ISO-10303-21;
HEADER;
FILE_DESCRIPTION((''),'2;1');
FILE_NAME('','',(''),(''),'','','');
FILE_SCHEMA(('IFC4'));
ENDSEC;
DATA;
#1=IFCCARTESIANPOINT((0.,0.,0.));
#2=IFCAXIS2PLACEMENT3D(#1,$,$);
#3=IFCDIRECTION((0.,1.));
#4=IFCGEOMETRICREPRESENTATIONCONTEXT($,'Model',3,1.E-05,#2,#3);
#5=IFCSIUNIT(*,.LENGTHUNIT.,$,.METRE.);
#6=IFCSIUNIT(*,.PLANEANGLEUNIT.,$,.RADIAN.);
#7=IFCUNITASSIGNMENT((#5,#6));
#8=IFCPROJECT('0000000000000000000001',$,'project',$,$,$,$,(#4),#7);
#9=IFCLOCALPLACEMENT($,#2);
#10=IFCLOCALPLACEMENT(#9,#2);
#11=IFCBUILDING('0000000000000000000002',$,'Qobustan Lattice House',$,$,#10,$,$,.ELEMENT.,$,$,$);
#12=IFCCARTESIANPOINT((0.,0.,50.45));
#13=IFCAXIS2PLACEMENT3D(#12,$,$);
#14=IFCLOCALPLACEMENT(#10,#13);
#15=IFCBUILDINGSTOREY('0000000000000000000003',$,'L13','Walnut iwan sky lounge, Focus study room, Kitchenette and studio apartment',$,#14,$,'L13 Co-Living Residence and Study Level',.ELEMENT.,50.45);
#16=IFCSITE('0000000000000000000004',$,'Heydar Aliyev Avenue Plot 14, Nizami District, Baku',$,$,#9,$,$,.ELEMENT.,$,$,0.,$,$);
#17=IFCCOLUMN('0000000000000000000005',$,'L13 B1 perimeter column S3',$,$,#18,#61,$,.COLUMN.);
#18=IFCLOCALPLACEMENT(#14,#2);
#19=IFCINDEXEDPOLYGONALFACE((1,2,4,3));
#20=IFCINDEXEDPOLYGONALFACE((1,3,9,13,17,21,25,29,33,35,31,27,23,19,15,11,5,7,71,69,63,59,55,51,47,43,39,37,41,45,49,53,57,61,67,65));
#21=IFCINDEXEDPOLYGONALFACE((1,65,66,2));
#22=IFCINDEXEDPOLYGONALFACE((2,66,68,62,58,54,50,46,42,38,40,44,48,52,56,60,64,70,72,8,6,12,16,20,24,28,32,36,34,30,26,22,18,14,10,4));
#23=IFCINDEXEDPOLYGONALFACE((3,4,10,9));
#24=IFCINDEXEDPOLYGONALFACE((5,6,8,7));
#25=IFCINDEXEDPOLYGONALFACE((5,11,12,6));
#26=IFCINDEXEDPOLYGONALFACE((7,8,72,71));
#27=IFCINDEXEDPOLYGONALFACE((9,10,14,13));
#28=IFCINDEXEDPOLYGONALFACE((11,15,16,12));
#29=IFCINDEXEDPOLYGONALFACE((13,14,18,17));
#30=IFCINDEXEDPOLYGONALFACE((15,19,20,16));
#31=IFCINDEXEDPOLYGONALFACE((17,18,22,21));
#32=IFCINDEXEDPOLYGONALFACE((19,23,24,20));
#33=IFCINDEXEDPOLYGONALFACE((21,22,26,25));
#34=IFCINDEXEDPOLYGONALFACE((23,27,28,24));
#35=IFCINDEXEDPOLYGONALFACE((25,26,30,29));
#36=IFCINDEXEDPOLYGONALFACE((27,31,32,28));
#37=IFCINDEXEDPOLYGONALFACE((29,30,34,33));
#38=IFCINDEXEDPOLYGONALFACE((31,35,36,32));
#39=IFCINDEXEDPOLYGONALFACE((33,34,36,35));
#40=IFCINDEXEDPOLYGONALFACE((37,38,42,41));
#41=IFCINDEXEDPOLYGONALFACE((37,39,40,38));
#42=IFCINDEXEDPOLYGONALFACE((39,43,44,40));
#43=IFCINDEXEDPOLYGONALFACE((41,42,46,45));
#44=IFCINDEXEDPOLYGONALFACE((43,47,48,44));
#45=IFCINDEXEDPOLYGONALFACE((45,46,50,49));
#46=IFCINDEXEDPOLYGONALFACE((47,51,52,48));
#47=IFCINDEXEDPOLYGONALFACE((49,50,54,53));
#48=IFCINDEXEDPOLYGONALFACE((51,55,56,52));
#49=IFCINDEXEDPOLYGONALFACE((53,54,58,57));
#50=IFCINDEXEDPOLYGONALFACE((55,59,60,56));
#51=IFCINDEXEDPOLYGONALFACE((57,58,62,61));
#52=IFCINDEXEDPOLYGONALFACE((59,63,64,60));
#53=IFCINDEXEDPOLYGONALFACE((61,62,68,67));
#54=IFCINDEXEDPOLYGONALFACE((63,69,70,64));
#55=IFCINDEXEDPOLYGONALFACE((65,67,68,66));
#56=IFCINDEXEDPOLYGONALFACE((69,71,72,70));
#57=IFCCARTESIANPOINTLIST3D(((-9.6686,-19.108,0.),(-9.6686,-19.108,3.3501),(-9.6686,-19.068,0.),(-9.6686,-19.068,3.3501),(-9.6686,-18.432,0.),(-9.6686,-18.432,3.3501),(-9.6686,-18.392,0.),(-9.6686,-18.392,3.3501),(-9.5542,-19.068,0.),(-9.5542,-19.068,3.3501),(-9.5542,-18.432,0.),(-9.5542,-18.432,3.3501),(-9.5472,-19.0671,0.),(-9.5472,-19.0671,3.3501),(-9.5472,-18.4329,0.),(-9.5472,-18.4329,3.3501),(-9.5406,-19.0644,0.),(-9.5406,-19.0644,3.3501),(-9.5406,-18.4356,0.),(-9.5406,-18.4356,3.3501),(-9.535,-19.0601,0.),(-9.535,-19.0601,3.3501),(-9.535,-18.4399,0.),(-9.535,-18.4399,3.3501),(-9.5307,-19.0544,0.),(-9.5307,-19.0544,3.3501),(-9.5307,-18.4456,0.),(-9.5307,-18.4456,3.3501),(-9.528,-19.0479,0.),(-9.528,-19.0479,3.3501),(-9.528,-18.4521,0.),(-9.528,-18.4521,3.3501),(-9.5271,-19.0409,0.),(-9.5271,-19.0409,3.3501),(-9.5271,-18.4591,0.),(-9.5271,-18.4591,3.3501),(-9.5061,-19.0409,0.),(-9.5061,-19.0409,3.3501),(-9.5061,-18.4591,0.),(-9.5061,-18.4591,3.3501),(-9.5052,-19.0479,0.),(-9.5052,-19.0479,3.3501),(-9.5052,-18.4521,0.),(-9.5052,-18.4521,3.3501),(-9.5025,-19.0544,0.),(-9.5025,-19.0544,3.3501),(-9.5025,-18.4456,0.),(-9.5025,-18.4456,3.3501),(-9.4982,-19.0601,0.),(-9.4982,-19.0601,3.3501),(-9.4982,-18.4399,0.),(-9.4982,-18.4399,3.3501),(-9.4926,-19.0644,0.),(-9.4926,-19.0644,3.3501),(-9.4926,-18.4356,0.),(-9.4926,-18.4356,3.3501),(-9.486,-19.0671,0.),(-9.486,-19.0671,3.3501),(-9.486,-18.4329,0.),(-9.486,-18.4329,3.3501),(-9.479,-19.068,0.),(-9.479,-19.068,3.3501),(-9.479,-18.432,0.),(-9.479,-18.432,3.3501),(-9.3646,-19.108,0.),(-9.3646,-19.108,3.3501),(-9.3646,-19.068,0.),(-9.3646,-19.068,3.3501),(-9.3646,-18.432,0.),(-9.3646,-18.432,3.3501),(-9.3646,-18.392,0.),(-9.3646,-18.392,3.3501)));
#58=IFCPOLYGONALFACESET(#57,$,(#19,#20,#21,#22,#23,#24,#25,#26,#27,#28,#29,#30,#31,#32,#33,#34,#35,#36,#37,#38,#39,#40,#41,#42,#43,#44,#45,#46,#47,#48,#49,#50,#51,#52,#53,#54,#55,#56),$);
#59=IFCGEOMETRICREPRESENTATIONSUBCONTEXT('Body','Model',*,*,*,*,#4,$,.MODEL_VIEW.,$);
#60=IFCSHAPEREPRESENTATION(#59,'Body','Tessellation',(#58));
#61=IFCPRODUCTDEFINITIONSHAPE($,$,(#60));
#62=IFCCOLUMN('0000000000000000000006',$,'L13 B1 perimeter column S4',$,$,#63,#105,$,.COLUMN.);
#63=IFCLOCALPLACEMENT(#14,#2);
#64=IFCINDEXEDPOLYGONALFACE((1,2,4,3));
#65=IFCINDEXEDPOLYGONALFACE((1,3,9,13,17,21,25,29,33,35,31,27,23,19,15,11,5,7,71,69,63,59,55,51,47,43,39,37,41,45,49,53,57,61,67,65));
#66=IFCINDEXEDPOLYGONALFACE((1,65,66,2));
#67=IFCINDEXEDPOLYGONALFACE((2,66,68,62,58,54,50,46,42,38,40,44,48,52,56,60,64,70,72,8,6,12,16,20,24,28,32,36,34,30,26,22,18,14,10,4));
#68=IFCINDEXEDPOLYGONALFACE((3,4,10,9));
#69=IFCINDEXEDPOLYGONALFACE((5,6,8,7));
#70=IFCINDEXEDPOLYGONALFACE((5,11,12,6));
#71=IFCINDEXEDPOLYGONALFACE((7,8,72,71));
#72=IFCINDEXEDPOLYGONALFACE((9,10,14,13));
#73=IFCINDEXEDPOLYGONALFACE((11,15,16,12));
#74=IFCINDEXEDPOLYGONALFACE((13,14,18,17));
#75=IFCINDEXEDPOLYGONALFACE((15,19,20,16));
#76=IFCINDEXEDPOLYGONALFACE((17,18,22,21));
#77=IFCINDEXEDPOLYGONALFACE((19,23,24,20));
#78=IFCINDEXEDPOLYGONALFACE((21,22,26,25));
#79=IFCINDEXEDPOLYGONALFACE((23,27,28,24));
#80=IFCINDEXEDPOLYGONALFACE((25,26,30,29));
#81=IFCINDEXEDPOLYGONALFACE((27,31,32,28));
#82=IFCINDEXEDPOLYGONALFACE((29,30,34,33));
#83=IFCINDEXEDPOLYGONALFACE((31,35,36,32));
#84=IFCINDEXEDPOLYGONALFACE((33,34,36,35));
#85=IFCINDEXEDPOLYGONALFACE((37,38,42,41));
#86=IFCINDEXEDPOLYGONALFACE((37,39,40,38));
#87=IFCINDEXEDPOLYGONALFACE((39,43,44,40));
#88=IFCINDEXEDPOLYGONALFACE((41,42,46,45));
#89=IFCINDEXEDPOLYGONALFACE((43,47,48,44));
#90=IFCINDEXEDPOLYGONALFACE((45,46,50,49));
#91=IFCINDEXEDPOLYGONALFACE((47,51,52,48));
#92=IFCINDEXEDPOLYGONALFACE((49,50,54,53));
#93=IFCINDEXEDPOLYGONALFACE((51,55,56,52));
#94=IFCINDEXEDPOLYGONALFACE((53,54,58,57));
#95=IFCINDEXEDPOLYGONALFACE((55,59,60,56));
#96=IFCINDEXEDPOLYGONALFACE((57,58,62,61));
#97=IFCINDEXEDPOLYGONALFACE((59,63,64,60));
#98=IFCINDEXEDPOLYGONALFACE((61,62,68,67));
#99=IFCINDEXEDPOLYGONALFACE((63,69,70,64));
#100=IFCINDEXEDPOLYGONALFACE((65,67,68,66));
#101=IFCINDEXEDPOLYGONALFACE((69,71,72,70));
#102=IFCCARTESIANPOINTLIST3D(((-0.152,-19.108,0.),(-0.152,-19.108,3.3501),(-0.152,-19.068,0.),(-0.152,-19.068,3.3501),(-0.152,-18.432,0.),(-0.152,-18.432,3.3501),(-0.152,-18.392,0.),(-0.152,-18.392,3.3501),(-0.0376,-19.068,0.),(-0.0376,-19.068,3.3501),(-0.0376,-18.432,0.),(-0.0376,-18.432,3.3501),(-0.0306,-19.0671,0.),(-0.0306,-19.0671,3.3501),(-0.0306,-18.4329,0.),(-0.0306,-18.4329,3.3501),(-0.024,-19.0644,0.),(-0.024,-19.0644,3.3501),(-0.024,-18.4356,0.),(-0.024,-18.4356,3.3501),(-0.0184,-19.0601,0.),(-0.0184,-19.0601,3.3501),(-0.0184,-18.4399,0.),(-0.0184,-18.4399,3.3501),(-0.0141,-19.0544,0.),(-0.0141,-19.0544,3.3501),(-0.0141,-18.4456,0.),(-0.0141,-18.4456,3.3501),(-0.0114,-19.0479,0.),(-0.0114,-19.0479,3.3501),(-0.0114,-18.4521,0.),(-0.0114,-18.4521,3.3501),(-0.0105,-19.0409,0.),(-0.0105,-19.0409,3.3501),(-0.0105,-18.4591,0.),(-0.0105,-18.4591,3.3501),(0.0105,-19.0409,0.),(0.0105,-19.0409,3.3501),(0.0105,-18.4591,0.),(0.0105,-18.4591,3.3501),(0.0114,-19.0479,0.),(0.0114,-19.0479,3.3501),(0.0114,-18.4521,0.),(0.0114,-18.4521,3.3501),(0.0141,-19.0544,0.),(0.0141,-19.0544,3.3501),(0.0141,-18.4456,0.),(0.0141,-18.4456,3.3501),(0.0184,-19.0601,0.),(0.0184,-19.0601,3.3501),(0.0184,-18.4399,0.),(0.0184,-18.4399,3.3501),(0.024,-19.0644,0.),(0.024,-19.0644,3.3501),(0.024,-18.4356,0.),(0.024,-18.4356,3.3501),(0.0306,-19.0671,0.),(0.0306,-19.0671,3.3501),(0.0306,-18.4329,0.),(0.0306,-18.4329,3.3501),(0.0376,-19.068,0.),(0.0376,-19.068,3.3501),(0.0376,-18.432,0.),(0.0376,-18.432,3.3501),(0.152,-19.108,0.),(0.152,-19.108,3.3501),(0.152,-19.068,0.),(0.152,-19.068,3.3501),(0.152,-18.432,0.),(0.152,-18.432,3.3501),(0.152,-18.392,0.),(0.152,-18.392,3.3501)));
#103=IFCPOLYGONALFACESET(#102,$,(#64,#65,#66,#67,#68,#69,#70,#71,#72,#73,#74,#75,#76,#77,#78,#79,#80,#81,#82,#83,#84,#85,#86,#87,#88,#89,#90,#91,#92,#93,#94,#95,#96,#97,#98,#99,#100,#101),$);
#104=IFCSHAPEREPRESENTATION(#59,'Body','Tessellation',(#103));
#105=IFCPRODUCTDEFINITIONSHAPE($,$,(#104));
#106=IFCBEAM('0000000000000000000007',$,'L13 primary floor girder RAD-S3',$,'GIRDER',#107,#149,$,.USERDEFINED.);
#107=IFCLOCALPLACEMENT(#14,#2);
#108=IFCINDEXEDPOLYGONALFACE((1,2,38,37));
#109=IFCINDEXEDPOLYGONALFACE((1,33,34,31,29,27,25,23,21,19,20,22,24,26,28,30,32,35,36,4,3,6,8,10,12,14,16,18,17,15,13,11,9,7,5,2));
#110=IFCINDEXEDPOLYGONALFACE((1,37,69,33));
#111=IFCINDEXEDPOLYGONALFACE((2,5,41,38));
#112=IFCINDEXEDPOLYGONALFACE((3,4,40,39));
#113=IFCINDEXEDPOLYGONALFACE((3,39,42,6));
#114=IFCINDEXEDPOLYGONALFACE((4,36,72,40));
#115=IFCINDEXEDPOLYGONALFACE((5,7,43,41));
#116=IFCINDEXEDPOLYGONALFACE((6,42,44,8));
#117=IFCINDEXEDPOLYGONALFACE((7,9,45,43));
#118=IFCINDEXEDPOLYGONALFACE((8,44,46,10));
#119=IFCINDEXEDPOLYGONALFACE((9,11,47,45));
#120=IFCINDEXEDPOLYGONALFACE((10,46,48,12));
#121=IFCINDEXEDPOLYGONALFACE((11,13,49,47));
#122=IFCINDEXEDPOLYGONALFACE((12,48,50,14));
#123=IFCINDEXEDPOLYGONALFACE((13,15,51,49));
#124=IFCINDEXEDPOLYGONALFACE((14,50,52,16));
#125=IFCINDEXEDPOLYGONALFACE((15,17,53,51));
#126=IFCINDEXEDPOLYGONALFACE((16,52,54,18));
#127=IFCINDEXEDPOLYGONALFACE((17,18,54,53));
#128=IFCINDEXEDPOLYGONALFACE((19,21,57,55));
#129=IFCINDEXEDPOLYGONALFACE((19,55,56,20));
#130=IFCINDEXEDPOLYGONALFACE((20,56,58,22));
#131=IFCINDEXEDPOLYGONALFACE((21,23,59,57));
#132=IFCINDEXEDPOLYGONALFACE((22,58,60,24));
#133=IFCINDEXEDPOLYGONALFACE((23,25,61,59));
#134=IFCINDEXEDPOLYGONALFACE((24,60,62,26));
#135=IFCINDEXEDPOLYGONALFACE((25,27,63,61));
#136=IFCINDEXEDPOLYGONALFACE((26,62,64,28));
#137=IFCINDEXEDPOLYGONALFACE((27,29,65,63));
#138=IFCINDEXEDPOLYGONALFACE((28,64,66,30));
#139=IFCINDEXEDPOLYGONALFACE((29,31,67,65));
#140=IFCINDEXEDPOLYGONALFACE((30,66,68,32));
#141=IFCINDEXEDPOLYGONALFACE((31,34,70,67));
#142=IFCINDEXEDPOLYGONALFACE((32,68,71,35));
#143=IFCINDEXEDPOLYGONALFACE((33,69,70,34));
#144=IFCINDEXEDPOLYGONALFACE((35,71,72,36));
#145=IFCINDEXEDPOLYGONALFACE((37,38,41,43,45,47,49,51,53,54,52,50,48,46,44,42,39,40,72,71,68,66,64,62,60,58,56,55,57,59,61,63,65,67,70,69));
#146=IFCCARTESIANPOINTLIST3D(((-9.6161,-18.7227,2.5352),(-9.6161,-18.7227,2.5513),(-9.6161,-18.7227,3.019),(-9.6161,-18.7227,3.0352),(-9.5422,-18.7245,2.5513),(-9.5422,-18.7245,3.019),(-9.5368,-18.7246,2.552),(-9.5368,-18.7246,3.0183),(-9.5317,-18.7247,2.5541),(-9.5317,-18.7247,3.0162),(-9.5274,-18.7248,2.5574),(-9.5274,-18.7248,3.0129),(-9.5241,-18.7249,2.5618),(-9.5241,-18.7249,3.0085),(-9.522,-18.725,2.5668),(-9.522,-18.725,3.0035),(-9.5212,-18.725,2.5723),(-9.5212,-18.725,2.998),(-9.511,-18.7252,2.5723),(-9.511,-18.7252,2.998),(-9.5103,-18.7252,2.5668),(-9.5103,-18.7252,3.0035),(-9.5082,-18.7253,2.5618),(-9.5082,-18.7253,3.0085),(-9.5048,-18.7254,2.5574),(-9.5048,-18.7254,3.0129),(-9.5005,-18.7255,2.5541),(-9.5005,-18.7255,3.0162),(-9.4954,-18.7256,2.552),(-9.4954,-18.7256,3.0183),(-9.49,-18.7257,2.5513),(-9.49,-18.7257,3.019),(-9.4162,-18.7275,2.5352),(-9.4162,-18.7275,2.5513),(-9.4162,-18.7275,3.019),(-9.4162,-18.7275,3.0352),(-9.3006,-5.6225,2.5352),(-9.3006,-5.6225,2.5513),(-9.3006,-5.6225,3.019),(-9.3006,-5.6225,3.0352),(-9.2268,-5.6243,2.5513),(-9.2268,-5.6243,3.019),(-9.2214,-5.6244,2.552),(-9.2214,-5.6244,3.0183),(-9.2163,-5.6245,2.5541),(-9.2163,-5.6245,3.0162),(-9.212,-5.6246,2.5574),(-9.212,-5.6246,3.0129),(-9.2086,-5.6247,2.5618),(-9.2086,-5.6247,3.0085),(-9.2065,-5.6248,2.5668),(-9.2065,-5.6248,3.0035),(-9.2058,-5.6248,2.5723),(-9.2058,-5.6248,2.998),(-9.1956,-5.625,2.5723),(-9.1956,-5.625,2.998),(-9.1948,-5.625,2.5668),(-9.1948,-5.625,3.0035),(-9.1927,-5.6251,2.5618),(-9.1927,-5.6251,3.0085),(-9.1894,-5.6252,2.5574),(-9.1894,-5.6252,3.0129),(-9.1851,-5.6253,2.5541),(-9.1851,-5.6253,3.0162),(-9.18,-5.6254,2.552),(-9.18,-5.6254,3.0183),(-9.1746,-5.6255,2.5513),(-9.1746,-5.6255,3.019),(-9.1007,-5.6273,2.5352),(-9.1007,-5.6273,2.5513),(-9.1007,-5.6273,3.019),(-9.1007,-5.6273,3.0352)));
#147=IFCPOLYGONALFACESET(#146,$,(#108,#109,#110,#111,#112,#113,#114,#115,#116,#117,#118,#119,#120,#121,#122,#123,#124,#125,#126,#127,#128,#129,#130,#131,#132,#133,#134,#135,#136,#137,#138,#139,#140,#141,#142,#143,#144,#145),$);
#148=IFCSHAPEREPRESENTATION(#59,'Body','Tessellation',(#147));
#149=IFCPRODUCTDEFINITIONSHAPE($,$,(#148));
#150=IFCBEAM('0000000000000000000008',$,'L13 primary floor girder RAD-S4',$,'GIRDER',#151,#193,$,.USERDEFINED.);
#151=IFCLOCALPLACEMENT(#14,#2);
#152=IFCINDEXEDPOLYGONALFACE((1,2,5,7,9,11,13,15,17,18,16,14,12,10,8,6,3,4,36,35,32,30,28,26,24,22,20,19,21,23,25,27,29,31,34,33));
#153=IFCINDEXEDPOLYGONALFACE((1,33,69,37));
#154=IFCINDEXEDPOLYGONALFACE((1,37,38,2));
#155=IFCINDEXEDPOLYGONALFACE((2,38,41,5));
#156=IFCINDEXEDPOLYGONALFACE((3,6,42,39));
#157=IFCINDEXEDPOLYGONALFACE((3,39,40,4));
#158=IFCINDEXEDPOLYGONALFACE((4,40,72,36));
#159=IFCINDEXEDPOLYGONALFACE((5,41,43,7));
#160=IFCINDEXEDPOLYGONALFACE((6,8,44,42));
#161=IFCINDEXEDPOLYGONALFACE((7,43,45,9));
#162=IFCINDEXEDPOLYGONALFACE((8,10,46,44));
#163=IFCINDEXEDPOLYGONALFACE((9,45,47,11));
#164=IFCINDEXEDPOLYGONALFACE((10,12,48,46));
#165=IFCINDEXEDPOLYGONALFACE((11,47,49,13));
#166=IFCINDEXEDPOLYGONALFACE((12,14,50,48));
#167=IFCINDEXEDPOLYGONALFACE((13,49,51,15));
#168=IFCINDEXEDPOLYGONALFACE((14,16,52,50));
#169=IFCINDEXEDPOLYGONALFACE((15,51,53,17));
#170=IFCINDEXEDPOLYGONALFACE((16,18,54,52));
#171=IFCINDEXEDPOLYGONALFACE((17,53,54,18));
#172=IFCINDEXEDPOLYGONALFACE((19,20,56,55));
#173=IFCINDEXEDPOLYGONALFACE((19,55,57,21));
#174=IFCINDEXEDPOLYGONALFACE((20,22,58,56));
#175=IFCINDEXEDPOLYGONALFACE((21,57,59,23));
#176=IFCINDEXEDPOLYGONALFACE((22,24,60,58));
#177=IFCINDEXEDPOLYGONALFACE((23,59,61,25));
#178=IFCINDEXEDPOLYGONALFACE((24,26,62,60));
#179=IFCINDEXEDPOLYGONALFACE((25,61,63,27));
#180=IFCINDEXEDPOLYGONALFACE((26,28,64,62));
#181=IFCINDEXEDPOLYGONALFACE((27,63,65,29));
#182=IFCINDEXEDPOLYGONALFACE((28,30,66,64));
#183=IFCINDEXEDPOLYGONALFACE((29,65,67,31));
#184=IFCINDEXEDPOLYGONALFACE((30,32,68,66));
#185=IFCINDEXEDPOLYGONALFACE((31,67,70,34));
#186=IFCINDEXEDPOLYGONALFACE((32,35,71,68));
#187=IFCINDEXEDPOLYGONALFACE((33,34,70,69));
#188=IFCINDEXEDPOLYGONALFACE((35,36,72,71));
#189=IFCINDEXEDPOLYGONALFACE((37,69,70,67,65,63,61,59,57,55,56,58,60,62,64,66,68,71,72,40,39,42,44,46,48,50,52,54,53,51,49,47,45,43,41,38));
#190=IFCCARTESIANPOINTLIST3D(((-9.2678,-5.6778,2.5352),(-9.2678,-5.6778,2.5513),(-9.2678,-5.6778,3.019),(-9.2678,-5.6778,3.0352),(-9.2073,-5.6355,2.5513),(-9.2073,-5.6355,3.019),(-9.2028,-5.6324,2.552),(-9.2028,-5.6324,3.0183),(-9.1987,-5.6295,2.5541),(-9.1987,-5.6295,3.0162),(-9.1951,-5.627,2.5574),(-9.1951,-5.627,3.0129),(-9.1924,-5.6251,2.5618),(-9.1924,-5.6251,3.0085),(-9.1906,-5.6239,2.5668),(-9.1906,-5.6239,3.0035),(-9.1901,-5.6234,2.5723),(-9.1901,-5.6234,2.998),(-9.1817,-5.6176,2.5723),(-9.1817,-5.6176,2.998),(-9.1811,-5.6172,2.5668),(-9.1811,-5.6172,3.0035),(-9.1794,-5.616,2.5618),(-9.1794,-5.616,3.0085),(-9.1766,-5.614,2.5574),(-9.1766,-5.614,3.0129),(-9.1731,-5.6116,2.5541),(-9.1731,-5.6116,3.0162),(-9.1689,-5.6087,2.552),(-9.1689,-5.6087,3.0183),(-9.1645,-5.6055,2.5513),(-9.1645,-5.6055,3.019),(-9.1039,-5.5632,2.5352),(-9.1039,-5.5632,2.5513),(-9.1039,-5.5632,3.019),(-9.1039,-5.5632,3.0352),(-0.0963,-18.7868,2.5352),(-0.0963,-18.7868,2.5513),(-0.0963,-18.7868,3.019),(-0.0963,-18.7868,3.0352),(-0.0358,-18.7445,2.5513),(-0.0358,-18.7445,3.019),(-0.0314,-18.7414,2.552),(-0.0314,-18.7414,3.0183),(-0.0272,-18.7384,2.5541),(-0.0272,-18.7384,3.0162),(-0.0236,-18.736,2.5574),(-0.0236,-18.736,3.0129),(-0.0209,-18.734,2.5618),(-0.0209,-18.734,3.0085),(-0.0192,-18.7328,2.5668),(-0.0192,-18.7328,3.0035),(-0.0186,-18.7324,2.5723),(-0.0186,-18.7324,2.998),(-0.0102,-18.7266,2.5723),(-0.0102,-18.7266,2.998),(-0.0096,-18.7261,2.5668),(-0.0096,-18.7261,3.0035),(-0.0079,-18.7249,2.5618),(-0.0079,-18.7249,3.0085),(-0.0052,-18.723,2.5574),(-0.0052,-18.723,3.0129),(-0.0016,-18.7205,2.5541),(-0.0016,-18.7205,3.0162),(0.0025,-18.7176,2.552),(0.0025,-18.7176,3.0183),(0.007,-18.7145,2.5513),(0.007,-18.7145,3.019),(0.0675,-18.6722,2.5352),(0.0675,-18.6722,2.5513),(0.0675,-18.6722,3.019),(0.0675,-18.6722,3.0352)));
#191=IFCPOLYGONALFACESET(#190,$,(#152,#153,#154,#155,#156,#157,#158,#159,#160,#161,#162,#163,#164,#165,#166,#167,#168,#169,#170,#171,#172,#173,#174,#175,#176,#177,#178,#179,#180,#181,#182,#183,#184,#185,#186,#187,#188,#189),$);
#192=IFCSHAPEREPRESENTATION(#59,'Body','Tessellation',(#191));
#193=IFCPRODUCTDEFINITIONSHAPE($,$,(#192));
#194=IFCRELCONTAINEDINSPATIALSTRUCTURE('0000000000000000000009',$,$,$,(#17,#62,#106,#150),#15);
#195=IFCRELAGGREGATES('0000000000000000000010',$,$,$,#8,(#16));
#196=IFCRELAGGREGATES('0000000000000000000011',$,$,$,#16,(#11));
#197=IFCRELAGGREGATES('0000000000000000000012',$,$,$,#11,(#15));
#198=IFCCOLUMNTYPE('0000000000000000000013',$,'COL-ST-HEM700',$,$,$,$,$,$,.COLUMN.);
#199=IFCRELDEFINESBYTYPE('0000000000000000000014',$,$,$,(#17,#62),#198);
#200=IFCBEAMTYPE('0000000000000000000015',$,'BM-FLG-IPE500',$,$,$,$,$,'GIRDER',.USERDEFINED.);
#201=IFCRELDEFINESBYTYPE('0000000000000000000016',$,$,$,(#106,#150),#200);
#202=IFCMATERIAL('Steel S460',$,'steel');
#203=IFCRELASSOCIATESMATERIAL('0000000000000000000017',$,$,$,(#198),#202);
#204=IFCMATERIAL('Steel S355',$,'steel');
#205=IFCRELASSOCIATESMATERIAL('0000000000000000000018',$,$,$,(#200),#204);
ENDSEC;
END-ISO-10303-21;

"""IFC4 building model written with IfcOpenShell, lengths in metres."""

from ifc_helpers import new_model, si_unit, direction, frame, origin, origin_2d, place, context, subcontext, project, spatial, i_section, extrude, material, material_profile, profile_set, type_object, element, save


model = new_model("IFC4")

# Units and contexts
model_context = context("Model", 3, precision=1e-05, world=origin(), true_north=direction((0.0, 1.0)))
body_context = subcontext(model_context, "Body", "Model", "MODEL_VIEW")
ifc_project = project(units=[si_unit("LENGTHUNIT", "METRE"), si_unit("PLANEANGLEUNIT", "RADIAN")], contexts=[model_context])

# Site, building, storey
site_placement = place(None, origin())
site = spatial("IfcSite", under=ifc_project, at=site_placement, Name="Heydar Aliyev Avenue Plot 14, Nizami District, Baku", CompositionType="ELEMENT", RefElevation=0.0)
building_placement = place(site_placement, origin())
building = spatial("IfcBuilding", under=site, at=building_placement, Name="Qobustan Lattice House", CompositionType="ELEMENT")
storey_placement = place(building_placement, frame((0.0, 0.0, 50.45)))
storey = spatial("IfcBuildingStorey", under=building, at=storey_placement, Name="L13", Description="Walnut iwan sky lounge, Focus study room, Kitchenette and studio apartment", LongName="L13 Co-Living Residence and Study Level", CompositionType="ELEMENT", Elevation=50.45)

# Columns
ifc_material_1 = material(Name="Steel S460", Category="steel")
ifc_material_profile_1 = material_profile(ifc_material_1, i_section(OverallWidth=0.304, OverallDepth=0.7161, WebThickness=0.021, FlangeThickness=0.04, FilletRadius=0.0271, at=origin_2d()), Name="HEM700")
ifc_profile_set_1 = profile_set([ifc_material_profile_1], Name="Steel S460")
column_type = type_object("IfcColumnType", Name="COL-ST-HEM700", PredefinedType="COLUMN", material=ifc_profile_set_1)
for number, where, z_axis, x_axis, name in (
    (1, (-9.5166, -18.75, 0.0), (0.0, 0.0, 1.0), (1.0, 0.0, 0.0), "L13 B1 perimeter column S3"),
    (2, (0.0, -18.75, 0.0), (0.0, 0.0, 1.0), (1.0, 0.0, 0.0), "L13 B1 perimeter column S4"),
):
    element("IfcColumn", number, at=place(storey_placement, frame(where, z_axis=z_axis, x_axis=x_axis)), inside=storey, type_object=column_type, Name=name, PredefinedType="COLUMN", context=body_context, shape_type="SweptSolid", body=[
        extrude(i_section(OverallWidth=0.304, OverallDepth=0.7161, WebThickness=0.021, FlangeThickness=0.04, FilletRadius=0.0271, at=origin_2d()), origin(), (0.0, 0.0, 1.0), 3.3501),
    ])

# Beams
ifc_material_2 = material(Name="Steel S355", Category="steel")
ifc_material_profile_2 = material_profile(ifc_material_2, i_section(OverallWidth=0.2, OverallDepth=0.5, WebThickness=0.0103, FlangeThickness=0.0161, FilletRadius=0.021, at=origin_2d()), Name="IPE500")
ifc_profile_set_2 = profile_set([ifc_material_profile_2], Name="Steel S355")
beam_type_1 = type_object("IfcBeamType", Name="BM-FLG-IPE500", ElementType="GIRDER", PredefinedType="USERDEFINED", material=ifc_profile_set_2)
beam_1_placement = place(storey_placement, frame((-9.5161, -18.7251, 2.7852), z_axis=(0.024071, 0.99971, 0.0), x_axis=(-0.99971, 0.024071, 0.0)))
element("IfcBeam", 3, at=beam_1_placement, inside=storey, type_object=beam_type_1, Name="L13 primary floor girder RAD-S3", ObjectType="GIRDER", PredefinedType="USERDEFINED", context=body_context, shape_type="SweptSolid", body=[
    extrude(i_section(OverallWidth=0.2, OverallDepth=0.5, WebThickness=0.0103, FlangeThickness=0.0161, FilletRadius=0.021, at=origin_2d()), origin(), (0.0, 0.0, 1.0), 13.104),
])
beam_2_placement = place(storey_placement, frame((-0.0144, -18.7295, 2.7852), z_axis=(-0.57326, 0.819374, 0.0), x_axis=(-0.819374, -0.57326, 0.0)))
element("IfcBeam", 4, at=beam_2_placement, inside=storey, type_object=beam_type_1, Name="L13 primary floor girder RAD-S4", ObjectType="GIRDER", PredefinedType="USERDEFINED", context=body_context, shape_type="SweptSolid", body=[
    extrude(i_section(OverallWidth=0.2, OverallDepth=0.5, WebThickness=0.0103, FlangeThickness=0.0161, FilletRadius=0.021, at=origin_2d()), origin(), (0.0, 0.0, 1.0), 15.9988),
])

save(model, "model.ifc")
